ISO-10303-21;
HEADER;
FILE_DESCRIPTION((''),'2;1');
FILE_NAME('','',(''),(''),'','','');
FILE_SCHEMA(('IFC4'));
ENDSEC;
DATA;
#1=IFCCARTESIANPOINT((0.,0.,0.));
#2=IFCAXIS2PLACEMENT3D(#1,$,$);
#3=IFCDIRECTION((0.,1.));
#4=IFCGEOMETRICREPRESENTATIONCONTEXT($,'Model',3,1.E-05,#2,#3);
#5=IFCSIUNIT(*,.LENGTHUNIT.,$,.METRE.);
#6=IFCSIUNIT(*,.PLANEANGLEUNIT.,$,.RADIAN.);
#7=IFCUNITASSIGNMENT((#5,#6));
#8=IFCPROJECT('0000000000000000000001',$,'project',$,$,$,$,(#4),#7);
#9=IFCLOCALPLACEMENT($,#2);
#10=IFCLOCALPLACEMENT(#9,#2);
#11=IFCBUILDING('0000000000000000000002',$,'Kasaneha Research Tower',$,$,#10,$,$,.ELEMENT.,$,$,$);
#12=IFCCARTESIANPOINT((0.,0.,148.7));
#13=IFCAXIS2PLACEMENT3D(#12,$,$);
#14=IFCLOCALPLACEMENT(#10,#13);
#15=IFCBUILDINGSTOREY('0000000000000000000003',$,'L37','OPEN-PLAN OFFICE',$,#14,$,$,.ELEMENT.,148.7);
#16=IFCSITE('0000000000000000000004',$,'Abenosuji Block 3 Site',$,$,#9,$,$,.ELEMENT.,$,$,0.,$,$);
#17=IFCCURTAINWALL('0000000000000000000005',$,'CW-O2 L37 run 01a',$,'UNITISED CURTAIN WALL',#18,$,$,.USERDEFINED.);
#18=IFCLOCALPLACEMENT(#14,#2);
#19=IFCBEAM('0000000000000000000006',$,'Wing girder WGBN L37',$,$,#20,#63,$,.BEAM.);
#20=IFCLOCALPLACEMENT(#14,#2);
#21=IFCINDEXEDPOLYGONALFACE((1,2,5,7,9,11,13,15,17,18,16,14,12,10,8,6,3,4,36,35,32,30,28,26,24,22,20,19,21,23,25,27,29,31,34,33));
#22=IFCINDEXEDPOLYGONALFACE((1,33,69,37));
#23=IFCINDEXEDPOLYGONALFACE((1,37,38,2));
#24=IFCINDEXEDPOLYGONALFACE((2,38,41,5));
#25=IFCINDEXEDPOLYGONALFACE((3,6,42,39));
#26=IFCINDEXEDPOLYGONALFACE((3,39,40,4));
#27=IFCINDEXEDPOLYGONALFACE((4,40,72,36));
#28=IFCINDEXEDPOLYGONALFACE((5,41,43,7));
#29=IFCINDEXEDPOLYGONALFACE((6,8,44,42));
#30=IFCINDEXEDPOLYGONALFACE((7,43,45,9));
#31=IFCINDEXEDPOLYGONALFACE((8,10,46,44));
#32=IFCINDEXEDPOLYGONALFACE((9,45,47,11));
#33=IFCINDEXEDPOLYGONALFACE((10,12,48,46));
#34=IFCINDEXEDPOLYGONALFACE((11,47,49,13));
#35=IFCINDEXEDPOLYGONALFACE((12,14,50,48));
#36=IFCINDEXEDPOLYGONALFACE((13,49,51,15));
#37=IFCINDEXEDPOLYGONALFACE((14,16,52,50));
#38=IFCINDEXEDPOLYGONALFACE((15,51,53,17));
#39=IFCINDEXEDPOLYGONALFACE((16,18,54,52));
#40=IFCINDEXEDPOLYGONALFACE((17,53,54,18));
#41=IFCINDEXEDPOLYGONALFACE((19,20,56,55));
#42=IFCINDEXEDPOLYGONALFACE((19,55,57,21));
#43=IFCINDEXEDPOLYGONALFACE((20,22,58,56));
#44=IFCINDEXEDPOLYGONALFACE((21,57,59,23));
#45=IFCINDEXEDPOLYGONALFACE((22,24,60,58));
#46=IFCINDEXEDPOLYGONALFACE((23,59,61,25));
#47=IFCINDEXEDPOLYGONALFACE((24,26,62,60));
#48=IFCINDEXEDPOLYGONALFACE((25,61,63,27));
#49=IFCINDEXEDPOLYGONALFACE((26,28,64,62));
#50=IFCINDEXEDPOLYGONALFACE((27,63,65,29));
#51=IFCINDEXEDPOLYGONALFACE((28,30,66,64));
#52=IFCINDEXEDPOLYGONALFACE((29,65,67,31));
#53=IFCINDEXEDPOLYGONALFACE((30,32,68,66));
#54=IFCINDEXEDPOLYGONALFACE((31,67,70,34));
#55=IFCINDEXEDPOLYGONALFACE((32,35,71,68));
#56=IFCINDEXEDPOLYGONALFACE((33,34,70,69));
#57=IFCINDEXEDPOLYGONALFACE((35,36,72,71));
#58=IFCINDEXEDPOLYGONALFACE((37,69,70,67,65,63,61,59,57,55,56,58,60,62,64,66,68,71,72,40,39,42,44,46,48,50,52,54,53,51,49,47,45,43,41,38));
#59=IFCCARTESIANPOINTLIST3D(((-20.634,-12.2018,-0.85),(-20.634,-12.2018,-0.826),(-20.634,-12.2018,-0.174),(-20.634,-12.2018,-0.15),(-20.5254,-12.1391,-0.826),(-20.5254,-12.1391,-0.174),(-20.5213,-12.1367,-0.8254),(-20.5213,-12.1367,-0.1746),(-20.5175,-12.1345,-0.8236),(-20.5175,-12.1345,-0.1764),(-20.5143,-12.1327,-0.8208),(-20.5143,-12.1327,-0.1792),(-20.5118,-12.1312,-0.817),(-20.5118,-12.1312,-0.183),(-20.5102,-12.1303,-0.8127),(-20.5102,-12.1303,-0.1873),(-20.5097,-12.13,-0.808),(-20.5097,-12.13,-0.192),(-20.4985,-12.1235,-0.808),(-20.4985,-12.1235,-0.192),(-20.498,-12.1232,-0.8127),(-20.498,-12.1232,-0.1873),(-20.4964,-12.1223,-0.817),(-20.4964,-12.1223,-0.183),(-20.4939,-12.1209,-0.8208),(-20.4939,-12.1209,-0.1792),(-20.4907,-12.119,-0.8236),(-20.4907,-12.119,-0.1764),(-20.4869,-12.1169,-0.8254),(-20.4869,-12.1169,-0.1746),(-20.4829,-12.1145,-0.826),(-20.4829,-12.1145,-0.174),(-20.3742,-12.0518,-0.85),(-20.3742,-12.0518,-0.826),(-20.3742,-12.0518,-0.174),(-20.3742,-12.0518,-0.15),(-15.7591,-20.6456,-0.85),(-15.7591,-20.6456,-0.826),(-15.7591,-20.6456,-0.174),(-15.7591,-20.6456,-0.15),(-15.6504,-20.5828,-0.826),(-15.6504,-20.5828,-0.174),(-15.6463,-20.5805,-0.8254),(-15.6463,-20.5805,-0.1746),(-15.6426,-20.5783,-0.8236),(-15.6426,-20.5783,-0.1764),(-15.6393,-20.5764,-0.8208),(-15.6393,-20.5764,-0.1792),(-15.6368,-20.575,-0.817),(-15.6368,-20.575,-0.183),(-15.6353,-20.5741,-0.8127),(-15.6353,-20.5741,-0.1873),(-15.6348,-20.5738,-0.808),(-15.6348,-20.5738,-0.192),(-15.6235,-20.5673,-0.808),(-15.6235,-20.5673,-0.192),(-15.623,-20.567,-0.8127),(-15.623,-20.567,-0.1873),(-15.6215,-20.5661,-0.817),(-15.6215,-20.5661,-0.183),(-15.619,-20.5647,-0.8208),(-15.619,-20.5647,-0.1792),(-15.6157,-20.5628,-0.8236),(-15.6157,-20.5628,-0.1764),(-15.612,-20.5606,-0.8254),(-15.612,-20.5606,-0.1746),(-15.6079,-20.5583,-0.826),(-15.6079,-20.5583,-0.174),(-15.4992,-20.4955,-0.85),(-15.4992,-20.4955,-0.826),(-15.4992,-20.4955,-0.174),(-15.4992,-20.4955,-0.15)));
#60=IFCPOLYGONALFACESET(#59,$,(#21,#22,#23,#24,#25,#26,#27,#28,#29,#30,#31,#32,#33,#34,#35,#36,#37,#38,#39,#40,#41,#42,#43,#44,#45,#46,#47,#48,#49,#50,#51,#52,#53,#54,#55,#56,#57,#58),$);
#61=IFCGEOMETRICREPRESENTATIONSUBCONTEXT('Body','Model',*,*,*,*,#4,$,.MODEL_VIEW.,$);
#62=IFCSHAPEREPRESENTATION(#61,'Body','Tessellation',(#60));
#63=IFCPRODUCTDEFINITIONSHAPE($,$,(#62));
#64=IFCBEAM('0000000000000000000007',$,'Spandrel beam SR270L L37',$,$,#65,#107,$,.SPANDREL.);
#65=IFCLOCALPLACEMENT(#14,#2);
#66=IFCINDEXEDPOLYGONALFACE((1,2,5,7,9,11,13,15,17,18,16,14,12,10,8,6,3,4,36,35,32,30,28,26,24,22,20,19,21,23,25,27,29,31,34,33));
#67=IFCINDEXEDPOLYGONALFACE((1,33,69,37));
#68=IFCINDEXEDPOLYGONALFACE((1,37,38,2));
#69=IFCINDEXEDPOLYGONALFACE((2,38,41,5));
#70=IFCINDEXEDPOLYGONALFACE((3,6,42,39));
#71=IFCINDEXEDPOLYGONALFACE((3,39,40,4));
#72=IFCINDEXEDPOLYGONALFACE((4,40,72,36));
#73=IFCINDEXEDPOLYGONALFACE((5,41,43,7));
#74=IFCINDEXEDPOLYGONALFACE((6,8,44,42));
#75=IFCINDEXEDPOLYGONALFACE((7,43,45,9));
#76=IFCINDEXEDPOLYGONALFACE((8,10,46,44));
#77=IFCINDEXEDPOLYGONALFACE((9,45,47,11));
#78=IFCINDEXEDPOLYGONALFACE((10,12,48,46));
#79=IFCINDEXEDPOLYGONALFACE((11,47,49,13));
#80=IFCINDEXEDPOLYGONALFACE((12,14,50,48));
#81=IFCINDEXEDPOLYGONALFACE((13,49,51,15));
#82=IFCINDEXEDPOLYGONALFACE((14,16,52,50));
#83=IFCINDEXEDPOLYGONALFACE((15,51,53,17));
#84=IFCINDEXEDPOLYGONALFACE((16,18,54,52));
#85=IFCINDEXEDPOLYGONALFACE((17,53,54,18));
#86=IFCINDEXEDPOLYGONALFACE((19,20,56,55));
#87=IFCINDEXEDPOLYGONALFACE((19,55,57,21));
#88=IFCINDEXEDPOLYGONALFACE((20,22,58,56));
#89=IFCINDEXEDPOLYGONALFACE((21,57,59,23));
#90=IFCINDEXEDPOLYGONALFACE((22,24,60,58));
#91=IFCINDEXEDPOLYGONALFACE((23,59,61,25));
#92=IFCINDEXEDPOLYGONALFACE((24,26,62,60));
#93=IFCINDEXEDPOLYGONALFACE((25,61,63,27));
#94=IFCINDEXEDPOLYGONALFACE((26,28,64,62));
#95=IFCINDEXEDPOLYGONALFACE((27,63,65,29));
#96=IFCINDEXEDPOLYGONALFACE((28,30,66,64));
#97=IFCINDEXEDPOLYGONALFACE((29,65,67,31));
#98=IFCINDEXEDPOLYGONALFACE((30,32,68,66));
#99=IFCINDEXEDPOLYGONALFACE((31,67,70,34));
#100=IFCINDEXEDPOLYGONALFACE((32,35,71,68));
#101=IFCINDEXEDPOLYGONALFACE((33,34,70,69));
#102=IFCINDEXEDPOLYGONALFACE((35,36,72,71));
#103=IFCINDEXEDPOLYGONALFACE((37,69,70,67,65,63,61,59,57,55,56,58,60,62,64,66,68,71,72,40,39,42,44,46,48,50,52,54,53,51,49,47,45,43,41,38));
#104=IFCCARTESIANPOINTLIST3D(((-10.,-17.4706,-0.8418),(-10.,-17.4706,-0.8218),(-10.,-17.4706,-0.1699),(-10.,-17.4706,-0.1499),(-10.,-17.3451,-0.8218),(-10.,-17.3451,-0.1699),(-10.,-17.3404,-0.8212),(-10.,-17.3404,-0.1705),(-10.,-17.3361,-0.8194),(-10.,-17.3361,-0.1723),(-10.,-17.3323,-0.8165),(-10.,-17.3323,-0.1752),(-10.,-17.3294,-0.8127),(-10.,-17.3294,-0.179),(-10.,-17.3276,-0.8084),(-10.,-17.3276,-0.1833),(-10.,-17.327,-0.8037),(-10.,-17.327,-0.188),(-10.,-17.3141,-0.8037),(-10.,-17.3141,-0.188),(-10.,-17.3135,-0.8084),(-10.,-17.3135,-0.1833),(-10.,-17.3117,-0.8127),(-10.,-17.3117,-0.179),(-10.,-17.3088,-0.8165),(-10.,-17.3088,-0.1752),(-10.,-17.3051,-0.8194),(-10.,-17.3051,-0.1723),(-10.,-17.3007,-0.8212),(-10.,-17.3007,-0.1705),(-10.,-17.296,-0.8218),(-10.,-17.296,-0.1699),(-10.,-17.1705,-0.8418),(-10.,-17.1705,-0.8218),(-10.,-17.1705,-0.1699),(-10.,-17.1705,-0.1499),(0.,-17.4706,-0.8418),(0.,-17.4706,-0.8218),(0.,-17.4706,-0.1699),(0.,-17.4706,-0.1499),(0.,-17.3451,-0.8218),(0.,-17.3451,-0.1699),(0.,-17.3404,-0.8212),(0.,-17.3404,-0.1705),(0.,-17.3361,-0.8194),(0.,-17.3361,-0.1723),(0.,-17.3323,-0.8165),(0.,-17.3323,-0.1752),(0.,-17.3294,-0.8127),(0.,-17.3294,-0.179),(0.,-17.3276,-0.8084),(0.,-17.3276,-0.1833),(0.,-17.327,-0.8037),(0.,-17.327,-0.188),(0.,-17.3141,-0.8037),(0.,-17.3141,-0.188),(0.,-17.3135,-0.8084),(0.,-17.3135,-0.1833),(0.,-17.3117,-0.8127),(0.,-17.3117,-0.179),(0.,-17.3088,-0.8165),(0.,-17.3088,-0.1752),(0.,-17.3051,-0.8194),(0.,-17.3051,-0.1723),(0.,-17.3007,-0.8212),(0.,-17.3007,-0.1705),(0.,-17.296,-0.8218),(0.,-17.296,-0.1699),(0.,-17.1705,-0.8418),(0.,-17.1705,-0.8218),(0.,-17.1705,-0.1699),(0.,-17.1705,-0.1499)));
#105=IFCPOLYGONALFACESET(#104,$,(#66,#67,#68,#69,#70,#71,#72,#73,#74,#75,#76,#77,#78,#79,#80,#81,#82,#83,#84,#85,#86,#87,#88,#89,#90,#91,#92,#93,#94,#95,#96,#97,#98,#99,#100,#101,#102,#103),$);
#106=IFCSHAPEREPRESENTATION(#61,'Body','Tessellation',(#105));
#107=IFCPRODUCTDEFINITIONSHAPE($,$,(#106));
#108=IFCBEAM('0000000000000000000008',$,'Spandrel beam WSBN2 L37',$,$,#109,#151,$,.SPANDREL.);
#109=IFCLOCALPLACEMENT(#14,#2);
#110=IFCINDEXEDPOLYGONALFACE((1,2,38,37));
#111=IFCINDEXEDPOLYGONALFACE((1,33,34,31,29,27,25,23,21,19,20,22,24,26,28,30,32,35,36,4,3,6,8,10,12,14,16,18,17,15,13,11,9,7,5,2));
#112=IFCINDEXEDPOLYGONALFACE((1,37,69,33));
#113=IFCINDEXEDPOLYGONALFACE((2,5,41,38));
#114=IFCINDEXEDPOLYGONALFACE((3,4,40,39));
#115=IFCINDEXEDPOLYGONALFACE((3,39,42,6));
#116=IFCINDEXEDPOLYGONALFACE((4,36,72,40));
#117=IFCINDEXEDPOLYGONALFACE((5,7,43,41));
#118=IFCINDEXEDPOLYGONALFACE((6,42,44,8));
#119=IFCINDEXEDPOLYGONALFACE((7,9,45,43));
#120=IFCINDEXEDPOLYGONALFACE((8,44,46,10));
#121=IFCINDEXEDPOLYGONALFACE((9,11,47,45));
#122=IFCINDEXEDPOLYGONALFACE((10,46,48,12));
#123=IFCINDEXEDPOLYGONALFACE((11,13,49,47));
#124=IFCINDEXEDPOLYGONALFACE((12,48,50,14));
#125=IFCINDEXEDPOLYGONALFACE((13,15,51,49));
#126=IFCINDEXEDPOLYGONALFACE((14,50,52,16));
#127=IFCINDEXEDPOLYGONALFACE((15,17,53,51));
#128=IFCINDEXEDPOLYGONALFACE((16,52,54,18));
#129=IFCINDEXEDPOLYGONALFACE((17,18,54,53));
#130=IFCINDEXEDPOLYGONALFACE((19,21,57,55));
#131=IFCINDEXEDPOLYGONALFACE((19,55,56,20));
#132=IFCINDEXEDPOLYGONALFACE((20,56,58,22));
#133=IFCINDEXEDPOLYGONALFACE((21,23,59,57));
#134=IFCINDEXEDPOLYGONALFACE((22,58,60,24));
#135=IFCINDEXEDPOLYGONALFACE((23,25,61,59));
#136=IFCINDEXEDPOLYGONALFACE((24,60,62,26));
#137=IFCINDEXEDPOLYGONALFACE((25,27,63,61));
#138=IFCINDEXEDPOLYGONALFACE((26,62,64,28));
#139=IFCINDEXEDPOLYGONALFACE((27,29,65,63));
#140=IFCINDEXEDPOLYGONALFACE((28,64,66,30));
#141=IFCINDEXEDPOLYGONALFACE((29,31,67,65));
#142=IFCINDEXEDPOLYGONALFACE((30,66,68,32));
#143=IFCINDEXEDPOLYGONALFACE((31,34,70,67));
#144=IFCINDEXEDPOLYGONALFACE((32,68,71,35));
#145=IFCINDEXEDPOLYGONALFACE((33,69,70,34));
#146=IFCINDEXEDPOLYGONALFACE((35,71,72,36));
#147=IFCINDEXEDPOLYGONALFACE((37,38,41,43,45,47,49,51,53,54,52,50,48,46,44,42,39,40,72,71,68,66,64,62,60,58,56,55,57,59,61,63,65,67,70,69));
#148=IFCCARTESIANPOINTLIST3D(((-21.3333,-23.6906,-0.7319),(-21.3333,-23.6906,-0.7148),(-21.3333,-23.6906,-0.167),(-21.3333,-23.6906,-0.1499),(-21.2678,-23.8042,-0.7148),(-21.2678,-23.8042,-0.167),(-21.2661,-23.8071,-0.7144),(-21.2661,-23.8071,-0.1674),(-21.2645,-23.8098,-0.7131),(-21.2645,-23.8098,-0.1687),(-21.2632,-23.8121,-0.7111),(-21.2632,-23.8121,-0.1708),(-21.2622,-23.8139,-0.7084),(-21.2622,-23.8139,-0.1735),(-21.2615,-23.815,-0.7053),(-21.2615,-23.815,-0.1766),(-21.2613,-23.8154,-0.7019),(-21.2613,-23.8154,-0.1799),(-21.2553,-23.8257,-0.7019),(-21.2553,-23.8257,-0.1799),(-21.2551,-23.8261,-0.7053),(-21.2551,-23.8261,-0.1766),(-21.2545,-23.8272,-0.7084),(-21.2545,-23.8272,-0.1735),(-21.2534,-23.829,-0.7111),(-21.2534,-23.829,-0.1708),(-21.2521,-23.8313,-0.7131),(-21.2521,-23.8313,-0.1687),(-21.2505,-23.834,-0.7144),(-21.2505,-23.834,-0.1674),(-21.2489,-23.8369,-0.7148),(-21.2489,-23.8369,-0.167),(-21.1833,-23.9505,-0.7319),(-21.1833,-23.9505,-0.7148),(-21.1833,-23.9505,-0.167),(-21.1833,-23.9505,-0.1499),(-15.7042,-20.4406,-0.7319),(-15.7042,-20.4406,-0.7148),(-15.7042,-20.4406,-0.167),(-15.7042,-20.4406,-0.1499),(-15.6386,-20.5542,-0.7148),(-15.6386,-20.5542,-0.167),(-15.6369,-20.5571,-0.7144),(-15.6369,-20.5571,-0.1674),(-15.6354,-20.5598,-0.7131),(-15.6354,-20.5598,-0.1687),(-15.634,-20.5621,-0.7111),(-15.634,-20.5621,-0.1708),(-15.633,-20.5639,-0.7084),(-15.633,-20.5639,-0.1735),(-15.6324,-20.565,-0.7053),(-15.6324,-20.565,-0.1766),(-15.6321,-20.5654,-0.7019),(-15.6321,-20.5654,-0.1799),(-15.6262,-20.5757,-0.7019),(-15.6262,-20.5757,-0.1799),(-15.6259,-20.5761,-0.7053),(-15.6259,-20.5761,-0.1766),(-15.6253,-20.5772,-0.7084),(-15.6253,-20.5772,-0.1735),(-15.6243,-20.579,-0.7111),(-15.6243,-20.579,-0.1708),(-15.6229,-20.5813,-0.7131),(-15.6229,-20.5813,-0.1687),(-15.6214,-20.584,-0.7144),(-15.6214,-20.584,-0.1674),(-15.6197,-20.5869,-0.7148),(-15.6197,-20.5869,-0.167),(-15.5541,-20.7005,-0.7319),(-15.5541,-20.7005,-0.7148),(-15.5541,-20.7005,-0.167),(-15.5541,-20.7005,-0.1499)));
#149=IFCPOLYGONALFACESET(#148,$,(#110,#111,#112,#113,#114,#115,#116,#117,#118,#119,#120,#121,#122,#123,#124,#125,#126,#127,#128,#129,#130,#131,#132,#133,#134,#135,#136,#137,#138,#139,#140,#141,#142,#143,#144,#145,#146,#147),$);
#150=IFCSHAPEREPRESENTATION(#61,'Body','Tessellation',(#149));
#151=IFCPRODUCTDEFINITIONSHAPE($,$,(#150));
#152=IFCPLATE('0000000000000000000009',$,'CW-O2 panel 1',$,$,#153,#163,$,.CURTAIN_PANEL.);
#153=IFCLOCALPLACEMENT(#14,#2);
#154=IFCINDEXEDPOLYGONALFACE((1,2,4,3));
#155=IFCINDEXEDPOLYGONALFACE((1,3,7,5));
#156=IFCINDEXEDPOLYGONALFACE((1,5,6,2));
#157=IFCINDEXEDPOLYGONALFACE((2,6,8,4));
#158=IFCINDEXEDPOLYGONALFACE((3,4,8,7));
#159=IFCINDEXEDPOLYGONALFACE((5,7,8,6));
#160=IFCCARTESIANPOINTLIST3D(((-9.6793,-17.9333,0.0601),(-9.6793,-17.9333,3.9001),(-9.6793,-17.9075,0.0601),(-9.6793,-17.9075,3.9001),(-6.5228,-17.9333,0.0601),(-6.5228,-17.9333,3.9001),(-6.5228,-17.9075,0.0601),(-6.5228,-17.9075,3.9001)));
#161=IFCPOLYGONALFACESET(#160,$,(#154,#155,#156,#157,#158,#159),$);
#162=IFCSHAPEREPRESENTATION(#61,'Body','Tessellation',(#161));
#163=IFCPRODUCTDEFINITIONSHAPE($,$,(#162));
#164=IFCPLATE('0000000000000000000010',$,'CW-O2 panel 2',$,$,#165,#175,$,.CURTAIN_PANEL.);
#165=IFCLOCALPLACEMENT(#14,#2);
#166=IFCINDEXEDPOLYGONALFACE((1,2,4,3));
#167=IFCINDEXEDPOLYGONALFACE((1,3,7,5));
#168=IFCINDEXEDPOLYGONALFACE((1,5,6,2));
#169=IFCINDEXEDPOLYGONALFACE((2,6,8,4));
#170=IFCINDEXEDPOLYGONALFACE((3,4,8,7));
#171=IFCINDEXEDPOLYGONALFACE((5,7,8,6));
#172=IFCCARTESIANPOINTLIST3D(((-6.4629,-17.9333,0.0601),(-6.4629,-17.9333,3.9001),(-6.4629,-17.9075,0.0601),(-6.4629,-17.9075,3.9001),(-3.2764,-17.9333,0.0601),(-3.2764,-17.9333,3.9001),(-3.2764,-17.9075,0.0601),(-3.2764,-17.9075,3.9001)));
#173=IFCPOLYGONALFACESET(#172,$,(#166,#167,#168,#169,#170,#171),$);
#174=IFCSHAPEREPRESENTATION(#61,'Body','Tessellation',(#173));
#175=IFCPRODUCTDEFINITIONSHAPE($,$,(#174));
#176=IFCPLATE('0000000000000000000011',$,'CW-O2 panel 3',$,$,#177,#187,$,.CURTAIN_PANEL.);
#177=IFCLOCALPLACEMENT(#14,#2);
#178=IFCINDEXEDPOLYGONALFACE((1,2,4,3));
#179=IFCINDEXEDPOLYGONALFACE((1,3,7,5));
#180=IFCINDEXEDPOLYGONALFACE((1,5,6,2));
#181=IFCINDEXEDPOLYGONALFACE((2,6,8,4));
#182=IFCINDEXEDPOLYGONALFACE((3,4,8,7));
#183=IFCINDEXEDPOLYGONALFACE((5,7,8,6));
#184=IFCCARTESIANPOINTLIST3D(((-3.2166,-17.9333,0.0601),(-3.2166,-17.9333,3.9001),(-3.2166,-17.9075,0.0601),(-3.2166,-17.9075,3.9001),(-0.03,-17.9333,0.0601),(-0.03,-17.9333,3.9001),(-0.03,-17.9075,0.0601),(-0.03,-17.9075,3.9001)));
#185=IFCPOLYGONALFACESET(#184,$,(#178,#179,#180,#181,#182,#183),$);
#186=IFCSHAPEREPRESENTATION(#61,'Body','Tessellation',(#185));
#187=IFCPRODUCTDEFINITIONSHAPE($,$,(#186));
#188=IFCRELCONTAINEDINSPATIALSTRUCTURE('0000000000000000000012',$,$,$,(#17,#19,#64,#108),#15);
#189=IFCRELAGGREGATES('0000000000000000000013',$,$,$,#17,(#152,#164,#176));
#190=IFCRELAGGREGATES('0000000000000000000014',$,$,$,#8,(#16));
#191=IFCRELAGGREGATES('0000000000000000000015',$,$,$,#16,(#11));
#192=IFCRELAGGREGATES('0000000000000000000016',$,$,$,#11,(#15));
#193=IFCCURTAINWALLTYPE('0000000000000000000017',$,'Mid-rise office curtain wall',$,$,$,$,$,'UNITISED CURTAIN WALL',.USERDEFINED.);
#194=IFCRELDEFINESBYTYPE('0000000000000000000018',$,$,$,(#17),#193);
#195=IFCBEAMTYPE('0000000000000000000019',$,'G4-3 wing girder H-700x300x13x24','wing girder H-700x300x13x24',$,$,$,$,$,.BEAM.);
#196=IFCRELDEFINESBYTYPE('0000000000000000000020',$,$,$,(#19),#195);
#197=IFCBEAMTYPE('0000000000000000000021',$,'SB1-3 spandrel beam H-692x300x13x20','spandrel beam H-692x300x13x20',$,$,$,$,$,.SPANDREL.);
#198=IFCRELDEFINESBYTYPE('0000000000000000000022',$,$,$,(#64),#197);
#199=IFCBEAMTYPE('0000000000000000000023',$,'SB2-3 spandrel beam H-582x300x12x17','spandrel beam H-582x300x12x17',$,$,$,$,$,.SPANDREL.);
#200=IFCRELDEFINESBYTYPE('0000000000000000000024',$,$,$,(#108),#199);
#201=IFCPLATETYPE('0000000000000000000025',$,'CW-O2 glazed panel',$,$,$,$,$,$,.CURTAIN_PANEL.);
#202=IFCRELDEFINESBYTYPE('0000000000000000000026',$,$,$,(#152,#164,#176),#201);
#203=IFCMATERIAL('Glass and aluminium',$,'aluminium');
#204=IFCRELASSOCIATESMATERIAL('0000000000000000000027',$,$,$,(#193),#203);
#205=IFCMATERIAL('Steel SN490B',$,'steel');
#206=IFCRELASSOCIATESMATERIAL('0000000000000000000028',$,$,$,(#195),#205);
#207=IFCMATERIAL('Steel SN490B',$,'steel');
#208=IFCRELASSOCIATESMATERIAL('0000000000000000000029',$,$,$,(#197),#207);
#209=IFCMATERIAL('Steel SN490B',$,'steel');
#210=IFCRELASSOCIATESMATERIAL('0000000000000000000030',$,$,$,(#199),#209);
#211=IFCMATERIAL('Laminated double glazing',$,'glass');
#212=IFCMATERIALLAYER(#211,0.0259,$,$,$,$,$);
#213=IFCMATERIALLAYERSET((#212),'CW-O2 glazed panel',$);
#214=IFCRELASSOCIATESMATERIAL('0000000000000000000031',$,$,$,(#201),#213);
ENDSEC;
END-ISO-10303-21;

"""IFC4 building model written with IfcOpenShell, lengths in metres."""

from ifc_helpers import new_model, si_unit, direction, frame, origin, origin_2d, place, context, subcontext, project, spatial, rectangle, i_section, extrude, material, layer, layer_set, material_profile, profile_set, type_object, element, aggregate, save


model = new_model("IFC4")

# Units and contexts
model_context = context("Model", 3, precision=1e-05, world=origin(), true_north=direction((0.0, 1.0)))
body_context = subcontext(model_context, "Body", "Model", "MODEL_VIEW")
ifc_project = project(units=[si_unit("LENGTHUNIT", "METRE"), si_unit("PLANEANGLEUNIT", "RADIAN")], contexts=[model_context])

# Site, building, storey
site_placement = place(None, origin())
site = spatial("IfcSite", under=ifc_project, at=site_placement, Name="Abenosuji Block 3 Site", CompositionType="ELEMENT", RefElevation=0.0)
building_placement = place(site_placement, origin())
building = spatial("IfcBuilding", under=site, at=building_placement, Name="Kasaneha Research Tower", CompositionType="ELEMENT")
storey_placement = place(building_placement, frame((0.0, 0.0, 148.7)))
storey = spatial("IfcBuildingStorey", under=building, at=storey_placement, Name="L37", Description="OPEN-PLAN OFFICE", CompositionType="ELEMENT", Elevation=148.7)

# Curtain wall
ifc_material_1 = material(Name="Glass and aluminium", Category="aluminium")
curtain_wall_type = type_object("IfcCurtainWallType", Name="Mid-rise office curtain wall", ElementType="UNITISED CURTAIN WALL", PredefinedType="USERDEFINED", material=ifc_material_1)
curtain_wall_1_placement = place(storey_placement, origin())
curtain_wall_1 = element("IfcCurtainWall", 1, at=curtain_wall_1_placement, inside=storey, type_object=curtain_wall_type, Name="CW-O2 L37 run 01a", ObjectType="UNITISED CURTAIN WALL", PredefinedType="USERDEFINED")

# Beams
ifc_material_2 = material(Name="Steel SN490B", Category="steel")
ifc_material_profile_1 = material_profile(ifc_material_2, i_section(OverallWidth=0.3, OverallDepth=0.7, WebThickness=0.0129, FlangeThickness=0.0239, FilletRadius=0.0181, at=origin_2d()), Name="H-700x300x13x24")
ifc_profile_set_1 = profile_set([ifc_material_profile_1], Name="Steel SN490B")
beam_type_1 = type_object("IfcBeamType", Name="G4-3 wing girder H-700x300x13x24", Description="wing girder H-700x300x13x24", PredefinedType="BEAM", material=ifc_profile_set_1)
beam_1_placement = place(storey_placement, frame((-15.6292, -20.5706, -0.5), z_axis=(-0.499996, 0.866028, 0.0), x_axis=(-0.866028, -0.499996, 0.0)))
element("IfcBeam", 2, at=beam_1_placement, inside=storey, type_object=beam_type_1, Name="Wing girder WGBN L37", PredefinedType="BEAM", context=body_context, shape_type="SweptSolid", body=[
    extrude(i_section(OverallWidth=0.3, OverallDepth=0.7, WebThickness=0.0129, FlangeThickness=0.0239, FilletRadius=0.0181, at=origin_2d()), origin(), (0.0, 0.0, 1.0), 9.75),
])
ifc_material_3 = material(Name="Steel SN490B", Category="steel")
ifc_material_profile_2 = material_profile(ifc_material_3, i_section(OverallWidth=0.3, OverallDepth=0.6919, WebThickness=0.0129, FlangeThickness=0.02, FilletRadius=0.0181, at=origin_2d()), Name="H-692x300x13x20")
ifc_profile_set_2 = profile_set([ifc_material_profile_2], Name="Steel SN490B")
beam_type_2 = type_object("IfcBeamType", Name="SB1-3 spandrel beam H-692x300x13x20", Description="spandrel beam H-692x300x13x20", PredefinedType="SPANDREL", material=ifc_profile_set_2)
beam_2_placement = place(storey_placement, frame((-10.0, -17.3206, -0.4958), z_axis=(1.0, 0.0, 0.0), x_axis=(0.0, 1.0, 0.0)))
element("IfcBeam", 3, at=beam_2_placement, inside=storey, type_object=beam_type_2, Name="Spandrel beam SR270L L37", PredefinedType="SPANDREL", context=body_context, shape_type="SweptSolid", body=[
    extrude(i_section(OverallWidth=0.3, OverallDepth=0.6919, WebThickness=0.0129, FlangeThickness=0.02, FilletRadius=0.0181, at=origin_2d()), origin(), (0.0, 0.0, 1.0), 10.0),
])
ifc_material_4 = material(Name="Steel SN490B", Category="steel")
ifc_material_profile_3 = material_profile(ifc_material_4, i_section(OverallWidth=0.3, OverallDepth=0.582, WebThickness=0.012, FlangeThickness=0.0171, FilletRadius=0.0129, at=origin_2d()), Name="H-582x300x12x17")
ifc_profile_set_3 = profile_set([ifc_material_profile_3], Name="Steel SN490B")
beam_type_3 = type_object("IfcBeamType", Name="SB2-3 spandrel beam H-582x300x12x17", Description="spandrel beam H-582x300x12x17", PredefinedType="SPANDREL", material=ifc_profile_set_3)
beam_3_placement = place(storey_placement, frame((-15.6292, -20.5706, -0.4409), z_axis=(-0.866025, -0.500001, 0.0), x_axis=(0.500001, -0.866025, 0.0)))
element("IfcBeam", 4, at=beam_3_placement, inside=storey, type_object=beam_type_3, Name="Spandrel beam WSBN2 L37", PredefinedType="SPANDREL", context=body_context, shape_type="SweptSolid", body=[
    extrude(i_section(OverallWidth=0.3, OverallDepth=0.582, WebThickness=0.012, FlangeThickness=0.0171, FilletRadius=0.0129, at=origin_2d()), origin(), (0.0, 0.0, 1.0), 6.5),
])

# Plates
ifc_material_5 = material(Name="Laminated double glazing", Category="glass")
ifc_layer_1 = layer(ifc_material_5, 0.0259)
ifc_layer_set_1 = layer_set([ifc_layer_1], Name="CW-O2 glazed panel")
plate_type = type_object("IfcPlateType", Name="CW-O2 glazed panel", PredefinedType="CURTAIN_PANEL", material=ifc_layer_set_1)
plate_1_placement = place(storey_placement, frame((-8.1011, -17.9204, 0.0601), z_axis=(0.0, 0.0, 1.0), x_axis=(1.0, 0.0, 0.0)))
plate_1 = element("IfcPlate", 5, at=plate_1_placement, type_object=plate_type, Name="CW-O2 panel 1", PredefinedType="CURTAIN_PANEL", context=body_context, shape_type="SweptSolid", body=[
    extrude(rectangle(XDim=3.1565, YDim=0.0259, at=origin_2d()), origin(), (0.0, 0.0, 1.0), 3.8401),
])
plate_2_placement = place(storey_placement, frame((-4.8696, -17.9204, 0.0601), z_axis=(0.0, 0.0, 1.0), x_axis=(1.0, 0.0, 0.0)))
plate_2 = element("IfcPlate", 6, at=plate_2_placement, type_object=plate_type, Name="CW-O2 panel 2", PredefinedType="CURTAIN_PANEL", context=body_context, shape_type="SweptSolid", body=[
    extrude(rectangle(XDim=3.1865, YDim=0.0259, at=origin_2d()), origin(), (0.0, 0.0, 1.0), 3.8401),
])
plate_3_placement = place(storey_placement, frame((-1.6233, -17.9204, 0.0601), z_axis=(0.0, 0.0, 1.0), x_axis=(1.0, 0.0, 0.0)))
plate_3 = element("IfcPlate", 7, at=plate_3_placement, type_object=plate_type, Name="CW-O2 panel 3", PredefinedType="CURTAIN_PANEL", context=body_context, shape_type="SweptSolid", body=[
    extrude(rectangle(XDim=3.1865, YDim=0.0259, at=origin_2d()), origin(), (0.0, 0.0, 1.0), 3.8401),
])
aggregate(curtain_wall_1, [plate_1, plate_2, plate_3])

save(model, "model.ifc")
